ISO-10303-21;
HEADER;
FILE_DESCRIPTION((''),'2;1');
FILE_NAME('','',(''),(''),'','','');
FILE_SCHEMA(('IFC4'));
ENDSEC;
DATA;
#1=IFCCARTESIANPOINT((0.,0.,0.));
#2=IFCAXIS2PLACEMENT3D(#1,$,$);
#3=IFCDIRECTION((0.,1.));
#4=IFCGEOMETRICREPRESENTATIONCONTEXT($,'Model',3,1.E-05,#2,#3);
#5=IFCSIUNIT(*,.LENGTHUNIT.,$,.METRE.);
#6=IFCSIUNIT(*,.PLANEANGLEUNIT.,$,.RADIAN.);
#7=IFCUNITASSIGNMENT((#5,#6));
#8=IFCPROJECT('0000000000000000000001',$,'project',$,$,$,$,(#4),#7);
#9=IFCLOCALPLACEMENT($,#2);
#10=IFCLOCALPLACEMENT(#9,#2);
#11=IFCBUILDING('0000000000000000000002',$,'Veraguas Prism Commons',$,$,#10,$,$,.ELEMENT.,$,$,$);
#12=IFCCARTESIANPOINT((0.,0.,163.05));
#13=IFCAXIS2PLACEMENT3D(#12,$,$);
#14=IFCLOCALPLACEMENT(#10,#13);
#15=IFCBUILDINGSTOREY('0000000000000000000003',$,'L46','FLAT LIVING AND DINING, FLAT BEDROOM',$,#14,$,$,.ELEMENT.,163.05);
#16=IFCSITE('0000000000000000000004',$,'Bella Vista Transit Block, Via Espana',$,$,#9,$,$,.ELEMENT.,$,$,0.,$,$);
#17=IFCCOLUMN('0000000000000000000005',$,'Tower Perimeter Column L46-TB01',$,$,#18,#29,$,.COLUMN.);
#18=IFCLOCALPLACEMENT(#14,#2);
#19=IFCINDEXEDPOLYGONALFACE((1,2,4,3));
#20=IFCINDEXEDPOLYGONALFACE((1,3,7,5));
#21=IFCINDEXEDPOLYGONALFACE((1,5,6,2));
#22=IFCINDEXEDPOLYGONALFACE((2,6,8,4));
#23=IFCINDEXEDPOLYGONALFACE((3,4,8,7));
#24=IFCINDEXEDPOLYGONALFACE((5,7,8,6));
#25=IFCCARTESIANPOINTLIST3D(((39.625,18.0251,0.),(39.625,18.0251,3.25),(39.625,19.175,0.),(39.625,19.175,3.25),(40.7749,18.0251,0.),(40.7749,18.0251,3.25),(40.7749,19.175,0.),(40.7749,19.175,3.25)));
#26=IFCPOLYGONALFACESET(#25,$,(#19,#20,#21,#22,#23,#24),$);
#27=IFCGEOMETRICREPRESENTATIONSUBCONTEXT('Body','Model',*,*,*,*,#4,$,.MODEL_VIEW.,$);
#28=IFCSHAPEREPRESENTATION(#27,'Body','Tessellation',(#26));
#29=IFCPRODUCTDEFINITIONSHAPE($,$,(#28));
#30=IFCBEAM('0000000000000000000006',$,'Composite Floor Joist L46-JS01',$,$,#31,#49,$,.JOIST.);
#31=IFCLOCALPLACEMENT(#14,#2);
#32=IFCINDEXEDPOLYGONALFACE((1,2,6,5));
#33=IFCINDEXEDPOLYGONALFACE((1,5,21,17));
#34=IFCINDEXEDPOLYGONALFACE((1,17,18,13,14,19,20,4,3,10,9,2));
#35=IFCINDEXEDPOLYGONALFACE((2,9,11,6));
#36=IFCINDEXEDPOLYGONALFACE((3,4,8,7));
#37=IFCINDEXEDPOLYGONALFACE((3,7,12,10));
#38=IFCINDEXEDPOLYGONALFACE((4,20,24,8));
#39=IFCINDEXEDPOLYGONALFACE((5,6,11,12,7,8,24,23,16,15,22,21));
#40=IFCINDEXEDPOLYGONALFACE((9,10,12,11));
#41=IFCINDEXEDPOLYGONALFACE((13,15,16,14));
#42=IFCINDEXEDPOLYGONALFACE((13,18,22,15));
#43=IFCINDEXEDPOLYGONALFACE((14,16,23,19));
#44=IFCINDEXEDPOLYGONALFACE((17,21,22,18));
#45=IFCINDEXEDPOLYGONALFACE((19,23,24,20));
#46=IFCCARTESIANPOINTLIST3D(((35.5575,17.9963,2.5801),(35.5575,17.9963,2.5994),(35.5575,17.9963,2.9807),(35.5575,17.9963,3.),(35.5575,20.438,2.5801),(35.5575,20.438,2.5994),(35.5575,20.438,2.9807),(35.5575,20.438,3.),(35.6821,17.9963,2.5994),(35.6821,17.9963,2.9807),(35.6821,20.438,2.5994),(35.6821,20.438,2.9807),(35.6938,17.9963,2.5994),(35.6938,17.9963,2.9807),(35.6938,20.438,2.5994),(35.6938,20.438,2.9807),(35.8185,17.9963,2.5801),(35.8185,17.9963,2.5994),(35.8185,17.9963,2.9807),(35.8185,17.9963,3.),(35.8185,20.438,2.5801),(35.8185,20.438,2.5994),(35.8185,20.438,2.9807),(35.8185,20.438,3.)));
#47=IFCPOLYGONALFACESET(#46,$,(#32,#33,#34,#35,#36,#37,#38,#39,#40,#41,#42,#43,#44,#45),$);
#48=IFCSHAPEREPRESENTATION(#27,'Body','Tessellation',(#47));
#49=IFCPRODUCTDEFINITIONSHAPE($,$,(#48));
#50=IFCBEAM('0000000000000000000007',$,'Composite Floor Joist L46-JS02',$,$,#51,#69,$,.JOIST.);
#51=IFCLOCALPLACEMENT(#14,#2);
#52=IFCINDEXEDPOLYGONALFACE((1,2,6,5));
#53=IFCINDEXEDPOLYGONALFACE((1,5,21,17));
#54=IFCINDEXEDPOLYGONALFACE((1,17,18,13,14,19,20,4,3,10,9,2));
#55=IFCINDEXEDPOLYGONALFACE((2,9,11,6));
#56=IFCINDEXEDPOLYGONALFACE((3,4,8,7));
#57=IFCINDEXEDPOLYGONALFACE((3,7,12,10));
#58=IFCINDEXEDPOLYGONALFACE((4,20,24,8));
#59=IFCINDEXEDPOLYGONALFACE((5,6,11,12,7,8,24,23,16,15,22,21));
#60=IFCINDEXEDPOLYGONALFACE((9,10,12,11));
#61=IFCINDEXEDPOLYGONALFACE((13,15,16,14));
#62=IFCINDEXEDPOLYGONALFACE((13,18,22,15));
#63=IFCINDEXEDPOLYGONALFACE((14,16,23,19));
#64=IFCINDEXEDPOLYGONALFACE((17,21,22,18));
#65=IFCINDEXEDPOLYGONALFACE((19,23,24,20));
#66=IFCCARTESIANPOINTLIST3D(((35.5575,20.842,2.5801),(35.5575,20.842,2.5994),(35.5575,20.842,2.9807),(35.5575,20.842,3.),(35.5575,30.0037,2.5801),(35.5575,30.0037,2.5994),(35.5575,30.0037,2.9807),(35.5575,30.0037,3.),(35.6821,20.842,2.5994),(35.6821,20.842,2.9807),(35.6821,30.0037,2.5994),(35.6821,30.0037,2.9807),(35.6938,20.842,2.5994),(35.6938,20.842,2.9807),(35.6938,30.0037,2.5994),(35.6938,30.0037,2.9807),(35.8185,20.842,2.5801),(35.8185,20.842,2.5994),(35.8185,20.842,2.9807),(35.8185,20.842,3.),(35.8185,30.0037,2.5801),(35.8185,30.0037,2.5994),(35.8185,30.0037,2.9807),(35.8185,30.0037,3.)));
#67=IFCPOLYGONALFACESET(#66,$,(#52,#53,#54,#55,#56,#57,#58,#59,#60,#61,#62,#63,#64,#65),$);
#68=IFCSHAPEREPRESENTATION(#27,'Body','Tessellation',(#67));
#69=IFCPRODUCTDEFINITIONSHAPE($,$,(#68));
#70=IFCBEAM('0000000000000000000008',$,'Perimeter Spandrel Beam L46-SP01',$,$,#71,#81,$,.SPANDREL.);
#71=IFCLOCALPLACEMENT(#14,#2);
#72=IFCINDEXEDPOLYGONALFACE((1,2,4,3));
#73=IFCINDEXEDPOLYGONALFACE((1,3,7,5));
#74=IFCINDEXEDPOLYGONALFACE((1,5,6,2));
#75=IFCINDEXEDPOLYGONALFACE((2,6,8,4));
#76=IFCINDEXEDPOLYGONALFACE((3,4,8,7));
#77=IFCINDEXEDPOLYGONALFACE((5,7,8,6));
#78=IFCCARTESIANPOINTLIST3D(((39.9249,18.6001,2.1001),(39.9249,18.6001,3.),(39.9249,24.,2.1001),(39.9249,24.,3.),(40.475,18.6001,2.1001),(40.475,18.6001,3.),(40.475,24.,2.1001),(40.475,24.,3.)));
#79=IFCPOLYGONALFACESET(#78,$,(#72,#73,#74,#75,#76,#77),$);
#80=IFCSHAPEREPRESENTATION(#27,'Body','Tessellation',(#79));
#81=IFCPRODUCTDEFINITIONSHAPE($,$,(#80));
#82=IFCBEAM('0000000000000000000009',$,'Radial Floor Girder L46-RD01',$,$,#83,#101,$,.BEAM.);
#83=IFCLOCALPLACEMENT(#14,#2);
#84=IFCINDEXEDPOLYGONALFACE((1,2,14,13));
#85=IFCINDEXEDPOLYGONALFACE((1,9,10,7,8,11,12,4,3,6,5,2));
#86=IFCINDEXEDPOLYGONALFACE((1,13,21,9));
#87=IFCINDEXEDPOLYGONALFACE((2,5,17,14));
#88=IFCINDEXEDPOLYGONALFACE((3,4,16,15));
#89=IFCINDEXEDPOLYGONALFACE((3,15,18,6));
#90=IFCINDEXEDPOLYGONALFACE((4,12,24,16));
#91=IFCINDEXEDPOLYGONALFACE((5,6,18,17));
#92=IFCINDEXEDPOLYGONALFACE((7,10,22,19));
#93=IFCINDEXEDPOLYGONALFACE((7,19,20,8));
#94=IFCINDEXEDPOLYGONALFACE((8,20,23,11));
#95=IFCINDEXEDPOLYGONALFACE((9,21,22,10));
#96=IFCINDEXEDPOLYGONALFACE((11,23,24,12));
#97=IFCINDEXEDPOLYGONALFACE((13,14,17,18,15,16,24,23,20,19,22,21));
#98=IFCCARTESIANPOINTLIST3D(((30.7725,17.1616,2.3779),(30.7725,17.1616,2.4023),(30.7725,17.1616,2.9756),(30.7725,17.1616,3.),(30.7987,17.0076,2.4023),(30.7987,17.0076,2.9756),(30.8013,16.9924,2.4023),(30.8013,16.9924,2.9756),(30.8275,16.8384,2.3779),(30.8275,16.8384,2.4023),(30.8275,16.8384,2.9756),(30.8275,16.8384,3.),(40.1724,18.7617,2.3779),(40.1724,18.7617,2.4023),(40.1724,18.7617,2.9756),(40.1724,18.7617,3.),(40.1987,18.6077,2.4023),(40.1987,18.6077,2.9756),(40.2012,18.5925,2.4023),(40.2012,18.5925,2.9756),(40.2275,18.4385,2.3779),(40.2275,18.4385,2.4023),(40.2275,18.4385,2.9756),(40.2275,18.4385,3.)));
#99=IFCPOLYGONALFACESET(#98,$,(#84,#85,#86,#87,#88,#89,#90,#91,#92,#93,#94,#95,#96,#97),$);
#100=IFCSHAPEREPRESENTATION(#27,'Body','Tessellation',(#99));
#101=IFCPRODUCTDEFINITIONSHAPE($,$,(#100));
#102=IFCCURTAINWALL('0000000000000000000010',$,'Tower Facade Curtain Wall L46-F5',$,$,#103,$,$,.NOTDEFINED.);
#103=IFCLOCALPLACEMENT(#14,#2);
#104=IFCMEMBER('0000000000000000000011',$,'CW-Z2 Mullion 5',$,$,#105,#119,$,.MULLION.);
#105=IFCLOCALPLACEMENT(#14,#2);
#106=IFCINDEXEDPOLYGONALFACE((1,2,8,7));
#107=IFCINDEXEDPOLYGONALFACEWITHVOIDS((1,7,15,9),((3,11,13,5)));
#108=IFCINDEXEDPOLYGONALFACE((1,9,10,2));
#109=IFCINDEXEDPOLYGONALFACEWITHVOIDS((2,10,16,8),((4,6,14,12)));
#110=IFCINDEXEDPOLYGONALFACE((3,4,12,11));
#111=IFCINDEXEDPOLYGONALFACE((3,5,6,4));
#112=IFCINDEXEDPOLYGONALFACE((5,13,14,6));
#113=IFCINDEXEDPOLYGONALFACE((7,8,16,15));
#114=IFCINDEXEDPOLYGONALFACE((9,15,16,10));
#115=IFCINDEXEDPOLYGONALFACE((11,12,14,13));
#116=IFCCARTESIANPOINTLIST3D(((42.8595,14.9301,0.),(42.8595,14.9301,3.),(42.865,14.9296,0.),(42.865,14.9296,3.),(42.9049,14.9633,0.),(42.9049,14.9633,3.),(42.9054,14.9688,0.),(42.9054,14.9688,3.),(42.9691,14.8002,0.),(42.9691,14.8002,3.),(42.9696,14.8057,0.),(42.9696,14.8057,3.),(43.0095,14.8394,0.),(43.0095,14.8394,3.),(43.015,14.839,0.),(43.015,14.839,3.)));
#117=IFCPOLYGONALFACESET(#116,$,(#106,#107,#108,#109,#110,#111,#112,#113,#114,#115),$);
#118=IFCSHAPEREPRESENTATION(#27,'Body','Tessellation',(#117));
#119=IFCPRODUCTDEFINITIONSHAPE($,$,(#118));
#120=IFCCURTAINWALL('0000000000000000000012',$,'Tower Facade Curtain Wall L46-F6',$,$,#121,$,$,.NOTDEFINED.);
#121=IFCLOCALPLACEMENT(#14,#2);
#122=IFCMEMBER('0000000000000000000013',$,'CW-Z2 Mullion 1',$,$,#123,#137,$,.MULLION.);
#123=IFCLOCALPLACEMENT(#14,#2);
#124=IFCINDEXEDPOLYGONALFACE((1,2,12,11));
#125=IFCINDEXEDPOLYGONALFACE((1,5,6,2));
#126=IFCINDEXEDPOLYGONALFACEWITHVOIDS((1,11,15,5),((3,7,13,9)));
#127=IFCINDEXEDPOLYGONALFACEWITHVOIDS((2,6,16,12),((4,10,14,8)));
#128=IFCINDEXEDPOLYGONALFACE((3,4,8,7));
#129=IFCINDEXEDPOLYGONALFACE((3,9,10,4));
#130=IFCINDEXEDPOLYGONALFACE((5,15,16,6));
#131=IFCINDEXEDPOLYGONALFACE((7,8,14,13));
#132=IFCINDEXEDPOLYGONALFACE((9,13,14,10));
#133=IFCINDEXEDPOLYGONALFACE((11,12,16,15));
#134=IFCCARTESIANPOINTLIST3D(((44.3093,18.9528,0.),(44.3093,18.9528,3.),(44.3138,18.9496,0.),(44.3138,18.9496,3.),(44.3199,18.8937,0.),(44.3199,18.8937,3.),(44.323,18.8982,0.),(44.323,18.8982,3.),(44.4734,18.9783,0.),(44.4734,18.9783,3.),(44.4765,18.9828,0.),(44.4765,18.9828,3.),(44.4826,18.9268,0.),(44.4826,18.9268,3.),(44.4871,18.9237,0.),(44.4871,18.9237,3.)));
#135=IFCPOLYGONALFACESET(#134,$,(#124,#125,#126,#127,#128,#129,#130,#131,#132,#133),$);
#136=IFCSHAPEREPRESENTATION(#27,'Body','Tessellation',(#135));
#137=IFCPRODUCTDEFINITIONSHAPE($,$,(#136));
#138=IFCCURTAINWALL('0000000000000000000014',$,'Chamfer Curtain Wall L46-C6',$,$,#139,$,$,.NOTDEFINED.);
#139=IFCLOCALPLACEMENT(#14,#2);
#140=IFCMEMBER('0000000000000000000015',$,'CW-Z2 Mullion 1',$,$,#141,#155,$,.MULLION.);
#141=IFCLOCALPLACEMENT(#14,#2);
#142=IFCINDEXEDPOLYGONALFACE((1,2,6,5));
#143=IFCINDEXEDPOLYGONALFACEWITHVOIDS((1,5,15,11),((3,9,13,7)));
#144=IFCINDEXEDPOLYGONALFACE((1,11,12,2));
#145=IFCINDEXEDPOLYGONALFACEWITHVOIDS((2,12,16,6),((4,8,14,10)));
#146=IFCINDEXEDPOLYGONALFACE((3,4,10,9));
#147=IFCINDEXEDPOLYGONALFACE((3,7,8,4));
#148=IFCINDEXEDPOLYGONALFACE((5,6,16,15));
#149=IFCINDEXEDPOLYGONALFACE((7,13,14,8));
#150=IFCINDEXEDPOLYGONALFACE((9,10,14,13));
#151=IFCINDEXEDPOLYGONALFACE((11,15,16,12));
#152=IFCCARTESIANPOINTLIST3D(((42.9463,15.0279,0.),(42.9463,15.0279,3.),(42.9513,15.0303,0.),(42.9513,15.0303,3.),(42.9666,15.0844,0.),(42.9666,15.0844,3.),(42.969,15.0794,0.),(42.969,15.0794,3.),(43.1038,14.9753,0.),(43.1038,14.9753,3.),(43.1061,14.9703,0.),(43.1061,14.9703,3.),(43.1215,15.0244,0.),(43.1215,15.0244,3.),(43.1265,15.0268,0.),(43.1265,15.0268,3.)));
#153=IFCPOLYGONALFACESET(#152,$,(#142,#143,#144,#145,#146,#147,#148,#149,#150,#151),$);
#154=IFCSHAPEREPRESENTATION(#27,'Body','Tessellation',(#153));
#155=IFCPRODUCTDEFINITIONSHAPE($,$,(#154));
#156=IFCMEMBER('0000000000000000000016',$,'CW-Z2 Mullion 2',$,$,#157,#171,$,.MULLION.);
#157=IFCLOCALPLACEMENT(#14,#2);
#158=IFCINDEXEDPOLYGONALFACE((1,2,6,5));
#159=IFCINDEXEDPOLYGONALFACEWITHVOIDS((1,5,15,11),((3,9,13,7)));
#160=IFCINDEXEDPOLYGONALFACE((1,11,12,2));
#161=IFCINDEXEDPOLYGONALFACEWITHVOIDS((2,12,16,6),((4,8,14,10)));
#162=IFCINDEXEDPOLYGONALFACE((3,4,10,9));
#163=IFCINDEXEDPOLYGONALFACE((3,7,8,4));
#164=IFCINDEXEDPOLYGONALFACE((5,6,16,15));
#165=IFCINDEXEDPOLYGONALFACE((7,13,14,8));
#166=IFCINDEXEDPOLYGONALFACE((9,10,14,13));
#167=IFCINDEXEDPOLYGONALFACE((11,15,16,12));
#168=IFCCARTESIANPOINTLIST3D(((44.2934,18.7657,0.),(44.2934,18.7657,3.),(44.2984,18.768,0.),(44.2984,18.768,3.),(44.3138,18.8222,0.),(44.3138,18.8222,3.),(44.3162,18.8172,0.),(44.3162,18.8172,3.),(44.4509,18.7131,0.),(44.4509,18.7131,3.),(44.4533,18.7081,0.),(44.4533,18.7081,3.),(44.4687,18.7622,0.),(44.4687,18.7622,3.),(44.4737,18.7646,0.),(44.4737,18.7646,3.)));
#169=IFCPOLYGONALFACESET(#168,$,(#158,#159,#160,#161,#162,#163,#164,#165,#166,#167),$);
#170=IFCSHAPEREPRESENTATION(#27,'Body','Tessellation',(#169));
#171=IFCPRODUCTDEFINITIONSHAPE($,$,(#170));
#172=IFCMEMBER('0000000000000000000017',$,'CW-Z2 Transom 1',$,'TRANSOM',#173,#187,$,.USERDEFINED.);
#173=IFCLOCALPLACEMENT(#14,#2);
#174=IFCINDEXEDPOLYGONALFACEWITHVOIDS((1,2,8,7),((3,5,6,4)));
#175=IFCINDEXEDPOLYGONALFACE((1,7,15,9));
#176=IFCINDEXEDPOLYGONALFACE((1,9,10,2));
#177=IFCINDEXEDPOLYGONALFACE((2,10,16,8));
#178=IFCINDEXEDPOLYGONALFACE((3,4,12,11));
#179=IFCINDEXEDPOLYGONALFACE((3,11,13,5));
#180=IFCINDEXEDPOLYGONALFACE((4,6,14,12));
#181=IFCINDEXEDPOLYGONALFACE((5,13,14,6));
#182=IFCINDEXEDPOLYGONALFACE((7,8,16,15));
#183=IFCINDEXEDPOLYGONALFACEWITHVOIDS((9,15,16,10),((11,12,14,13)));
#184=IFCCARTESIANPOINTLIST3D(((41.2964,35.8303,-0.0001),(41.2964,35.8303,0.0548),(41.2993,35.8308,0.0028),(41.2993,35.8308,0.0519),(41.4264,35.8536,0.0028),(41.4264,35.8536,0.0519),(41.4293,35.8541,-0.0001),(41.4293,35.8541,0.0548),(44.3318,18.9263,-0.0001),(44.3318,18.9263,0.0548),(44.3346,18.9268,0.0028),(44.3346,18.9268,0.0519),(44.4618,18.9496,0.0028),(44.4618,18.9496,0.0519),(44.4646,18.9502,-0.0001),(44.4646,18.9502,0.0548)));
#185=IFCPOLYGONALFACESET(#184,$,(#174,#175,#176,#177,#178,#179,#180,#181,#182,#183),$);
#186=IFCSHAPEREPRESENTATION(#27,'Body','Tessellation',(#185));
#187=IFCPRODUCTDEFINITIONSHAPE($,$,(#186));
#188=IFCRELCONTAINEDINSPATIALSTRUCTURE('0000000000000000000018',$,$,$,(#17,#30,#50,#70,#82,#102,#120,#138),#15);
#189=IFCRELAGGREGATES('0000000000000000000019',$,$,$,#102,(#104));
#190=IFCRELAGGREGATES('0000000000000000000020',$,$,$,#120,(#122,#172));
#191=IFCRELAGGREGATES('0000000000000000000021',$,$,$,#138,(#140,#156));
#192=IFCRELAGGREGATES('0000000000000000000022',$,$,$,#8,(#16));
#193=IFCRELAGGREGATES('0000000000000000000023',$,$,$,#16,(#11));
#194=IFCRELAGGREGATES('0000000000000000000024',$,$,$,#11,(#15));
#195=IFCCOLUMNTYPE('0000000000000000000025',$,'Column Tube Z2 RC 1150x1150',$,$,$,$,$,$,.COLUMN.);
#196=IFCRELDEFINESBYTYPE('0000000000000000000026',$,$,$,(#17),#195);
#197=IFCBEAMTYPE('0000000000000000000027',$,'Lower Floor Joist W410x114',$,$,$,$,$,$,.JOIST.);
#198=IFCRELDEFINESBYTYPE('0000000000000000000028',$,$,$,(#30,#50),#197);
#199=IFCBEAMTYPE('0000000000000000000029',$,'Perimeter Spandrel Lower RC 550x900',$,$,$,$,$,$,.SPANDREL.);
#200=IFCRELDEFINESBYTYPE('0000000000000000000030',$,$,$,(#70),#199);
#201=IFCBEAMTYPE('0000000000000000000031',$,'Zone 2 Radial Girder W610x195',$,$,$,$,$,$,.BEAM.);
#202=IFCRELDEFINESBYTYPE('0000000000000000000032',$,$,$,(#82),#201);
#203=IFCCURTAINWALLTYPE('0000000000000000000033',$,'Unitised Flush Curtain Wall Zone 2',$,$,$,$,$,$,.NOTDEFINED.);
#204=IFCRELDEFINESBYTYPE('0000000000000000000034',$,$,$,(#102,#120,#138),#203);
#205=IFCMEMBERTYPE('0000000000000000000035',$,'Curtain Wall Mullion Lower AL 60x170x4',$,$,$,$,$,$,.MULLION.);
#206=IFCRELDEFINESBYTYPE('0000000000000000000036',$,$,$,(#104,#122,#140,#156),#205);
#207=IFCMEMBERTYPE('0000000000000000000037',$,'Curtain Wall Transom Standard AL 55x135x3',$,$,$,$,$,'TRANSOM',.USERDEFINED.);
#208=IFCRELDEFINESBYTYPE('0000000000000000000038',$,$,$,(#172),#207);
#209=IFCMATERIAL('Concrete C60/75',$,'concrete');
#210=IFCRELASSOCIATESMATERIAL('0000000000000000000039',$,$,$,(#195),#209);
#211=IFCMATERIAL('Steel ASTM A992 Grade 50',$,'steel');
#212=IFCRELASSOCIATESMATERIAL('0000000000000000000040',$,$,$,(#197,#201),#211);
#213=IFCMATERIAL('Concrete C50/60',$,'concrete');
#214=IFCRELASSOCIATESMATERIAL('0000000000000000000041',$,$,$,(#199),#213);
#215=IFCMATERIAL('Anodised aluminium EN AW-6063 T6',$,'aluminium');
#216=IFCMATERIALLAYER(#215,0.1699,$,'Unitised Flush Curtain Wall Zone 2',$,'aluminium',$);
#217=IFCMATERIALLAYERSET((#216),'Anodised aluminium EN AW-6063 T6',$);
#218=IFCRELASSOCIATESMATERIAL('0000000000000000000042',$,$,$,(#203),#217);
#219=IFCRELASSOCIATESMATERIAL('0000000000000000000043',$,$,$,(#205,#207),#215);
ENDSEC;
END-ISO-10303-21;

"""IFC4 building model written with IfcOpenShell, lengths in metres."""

from ifc_helpers import new_model, si_unit, direction, frame, origin, origin_2d, place, context, subcontext, project, spatial, rectangle, hollow_rectangle, i_section, extrude, source, transform, mapped, material, layer, layer_set, material_profile, profile_set, type_object, element, aggregate, save


model = new_model("IFC4")

# Units and contexts
model_context = context("Model", 3, precision=1e-05, world=origin(), true_north=direction((0.0, 1.0)))
body_context = subcontext(model_context, "Body", "Model", "MODEL_VIEW")
ifc_project = project(units=[si_unit("LENGTHUNIT", "METRE"), si_unit("PLANEANGLEUNIT", "RADIAN")], contexts=[model_context])

# Site, building, storey
site_placement = place(None, origin())
site = spatial("IfcSite", under=ifc_project, at=site_placement, Name="Bella Vista Transit Block, Via Espana", CompositionType="ELEMENT", RefElevation=0.0)
building_placement = place(site_placement, origin())
building = spatial("IfcBuilding", under=site, at=building_placement, Name="Veraguas Prism Commons", CompositionType="ELEMENT")
storey_placement = place(building_placement, frame((0.0, 0.0, 163.05)))
storey = spatial("IfcBuildingStorey", under=building, at=storey_placement, Name="L46", Description="FLAT LIVING AND DINING, FLAT BEDROOM", CompositionType="ELEMENT", Elevation=163.05)

# Column
ifc_material_1 = material(Name="Concrete C60/75", Category="concrete")
ifc_material_profile_1 = material_profile(ifc_material_1, rectangle(XDim=1.1499, YDim=1.1499, at=origin_2d()), Name="RC1150X1150")
ifc_profile_set_1 = profile_set([ifc_material_profile_1], Name="Concrete C60/75")
column_type = type_object("IfcColumnType", Name="Column Tube Z2 RC 1150x1150", PredefinedType="COLUMN", material=ifc_profile_set_1)
column_placement = place(storey_placement, frame((40.2, 18.6001, 0.0), z_axis=(0.0, 0.0, 1.0), x_axis=(1.0, 0.0, 0.0)))
element("IfcColumn", 1, at=column_placement, inside=storey, type_object=column_type, Name="Tower Perimeter Column L46-TB01", PredefinedType="COLUMN", context=body_context, shape_type="SweptSolid", body=[
    extrude(rectangle(XDim=1.1499, YDim=1.1499, at=origin_2d()), origin(), (0.0, 0.0, 1.0), 3.25),
])

# Beams
ifc_material_2 = material(Name="Steel ASTM A992 Grade 50", Category="steel")
ifc_material_profile_2 = material_profile(ifc_material_2, i_section(OverallWidth=0.261, OverallDepth=0.4199, WebThickness=0.0117, FlangeThickness=0.0193, at=origin_2d()), Name="W410X114")
ifc_profile_set_2 = profile_set([ifc_material_profile_2], Name="Steel ASTM A992 Grade 50")
beam_type_1 = type_object("IfcBeamType", Name="Lower Floor Joist W410x114", PredefinedType="JOIST", material=ifc_profile_set_2)
beam_1_placement = place(storey_placement, frame((35.688, 17.9963, 2.79), z_axis=(0.0, 1.0, 0.0), x_axis=(-1.0, 0.0, 0.0)))
element("IfcBeam", 2, at=beam_1_placement, inside=storey, type_object=beam_type_1, Name="Composite Floor Joist L46-JS01", PredefinedType="JOIST", context=body_context, shape_type="SweptSolid", body=[
    extrude(i_section(OverallWidth=0.261, OverallDepth=0.4199, WebThickness=0.0117, FlangeThickness=0.0193, at=origin_2d()), origin(), (0.0, 0.0, 1.0), 2.4417),
])
beam_2_placement = place(storey_placement, frame((35.688, 20.842, 2.79), z_axis=(0.0, 1.0, 0.0), x_axis=(-1.0, 0.0, 0.0)))
element("IfcBeam", 3, at=beam_2_placement, inside=storey, type_object=beam_type_1, Name="Composite Floor Joist L46-JS02", PredefinedType="JOIST", context=body_context, shape_type="SweptSolid", body=[
    extrude(i_section(OverallWidth=0.261, OverallDepth=0.4199, WebThickness=0.0117, FlangeThickness=0.0193, at=origin_2d()), origin(), (0.0, 0.0, 1.0), 9.1616),
])
ifc_material_3 = material(Name="Concrete C50/60", Category="concrete")
ifc_material_profile_3 = material_profile(ifc_material_3, rectangle(XDim=0.55, YDim=0.8999, at=origin_2d()), Name="RC550X900")
ifc_profile_set_3 = profile_set([ifc_material_profile_3], Name="Concrete C50/60")
beam_type_2 = type_object("IfcBeamType", Name="Perimeter Spandrel Lower RC 550x900", PredefinedType="SPANDREL", material=ifc_profile_set_3)
beam_3_placement = place(storey_placement, frame((40.2, 18.6001, 2.55), z_axis=(0.0, 1.0, 0.0), x_axis=(-1.0, 0.0, 0.0)))
element("IfcBeam", 4, at=beam_3_placement, inside=storey, type_object=beam_type_2, Name="Perimeter Spandrel Beam L46-SP01", PredefinedType="SPANDREL", context=body_context, shape_type="SweptSolid", body=[
    extrude(rectangle(XDim=0.55, YDim=0.8999, at=origin_2d()), origin(), (0.0, 0.0, 1.0), 5.3999),
])
ifc_material_profile_4 = material_profile(ifc_material_2, i_section(OverallWidth=0.3279, OverallDepth=0.6221, WebThickness=0.0154, FlangeThickness=0.0244, at=origin_2d()), Name="W610X195")
ifc_profile_set_4 = profile_set([ifc_material_profile_4], Name="Steel ASTM A992 Grade 50")
beam_type_3 = type_object("IfcBeamType", Name="Zone 2 Radial Girder W610x195", PredefinedType="BEAM", material=ifc_profile_set_4)
beam_4_placement = place(storey_placement, frame((40.2, 18.6001, 2.689), z_axis=(-0.985819, -0.167811, 0.0), x_axis=(0.167811, -0.985819, 0.0)))
element("IfcBeam", 5, at=beam_4_placement, inside=storey, type_object=beam_type_3, Name="Radial Floor Girder L46-RD01", PredefinedType="BEAM", context=body_context, shape_type="SweptSolid", body=[
    extrude(i_section(OverallWidth=0.3279, OverallDepth=0.6221, WebThickness=0.0154, FlangeThickness=0.0244, at=origin_2d()), origin(), (0.0, 0.0, 1.0), 9.5352),
])

# Curtain walls, members
ifc_material_4 = material(Name="Anodised aluminium EN AW-6063 T6", Category="aluminium")
ifc_layer_1 = layer(ifc_material_4, 0.1699, Name="Unitised Flush Curtain Wall Zone 2", Category="aluminium")
ifc_layer_set_1 = layer_set([ifc_layer_1], Name="Anodised aluminium EN AW-6063 T6")
curtain_wall_type = type_object("IfcCurtainWallType", Name="Unitised Flush Curtain Wall Zone 2", PredefinedType="NOTDEFINED", material=ifc_layer_set_1)
curtain_wall_1_placement = place(storey_placement, origin())
curtain_wall_1 = element("IfcCurtainWall", 6, at=curtain_wall_1_placement, inside=storey, type_object=curtain_wall_type, Name="Tower Facade Curtain Wall L46-F5", PredefinedType="NOTDEFINED")
ifc_material_profile_5 = material_profile(ifc_material_4, hollow_rectangle(XDim=0.0601, YDim=0.1699, WallThickness=0.0039, at=origin_2d()), Name="AL60X170X4")
ifc_profile_set_5 = profile_set([ifc_material_profile_5], Name="Anodised aluminium EN AW-6063 T6")
member_type_1 = type_object("IfcMemberType", Name="Curtain Wall Mullion Lower AL 60x170x4", PredefinedType="MULLION", material=ifc_profile_set_5)
shared_shape_1 = source(origin(), body_context, "Body", "SweptSolid", [
    extrude(hollow_rectangle(XDim=0.0601, YDim=0.1699, WallThickness=0.0039, at=origin_2d()), origin(), (0.0, 0.0, 1.0), 3.0),
])
member_1_placement = place(storey_placement, frame((42.9373, 14.8845, 0.0), z_axis=(0.0, 0.0, 1.0), x_axis=(0.764022, 0.64519, 0.0)))
member_1 = element("IfcMember", 7, at=member_1_placement, type_object=member_type_1, Name="CW-Z2 Mullion 5", PredefinedType="MULLION", context=body_context, shape_type="MappedRepresentation", body=[
    mapped(shared_shape_1, transform((0.0, 0.0, 0.0), scale=1.0)),
])
aggregate(curtain_wall_1, [member_1])
curtain_wall_2_placement = place(storey_placement, origin())
curtain_wall_2 = element("IfcCurtainWall", 8, at=curtain_wall_2_placement, inside=storey, type_object=curtain_wall_type, Name="Tower Facade Curtain Wall L46-F6", PredefinedType="NOTDEFINED")
member_2_placement = place(storey_placement, frame((44.3982, 18.9382, 0.0), z_axis=(0.0, 0.0, 1.0), x_axis=(-0.176741, 0.984257, 0.0)))
member_2 = element("IfcMember", 9, at=member_2_placement, type_object=member_type_1, Name="CW-Z2 Mullion 1", PredefinedType="MULLION", context=body_context, shape_type="MappedRepresentation", body=[
    mapped(shared_shape_1, transform((0.0, 0.0, 0.0), scale=1.0)),
])

# Curtain wall, members
curtain_wall_3_placement = place(storey_placement, origin())
curtain_wall_3 = element("IfcCurtainWall", 10, at=curtain_wall_3_placement, inside=storey, type_object=curtain_wall_type, Name="Chamfer Curtain Wall L46-C6", PredefinedType="NOTDEFINED")
member_3_placement = place(storey_placement, frame((43.0364, 15.0273, 0.0), z_axis=(0.0, 0.0, 1.0), x_axis=(0.339083, 0.940757, 0.0)))
member_3 = element("IfcMember", 11, at=member_3_placement, type_object=member_type_1, Name="CW-Z2 Mullion 1", PredefinedType="MULLION", context=body_context, shape_type="MappedRepresentation", body=[
    mapped(shared_shape_1, transform((0.0, 0.0, 0.0), scale=1.0)),
])
member_4_placement = place(storey_placement, frame((44.3835, 18.7651, 0.0), z_axis=(0.0, 0.0, 1.0), x_axis=(0.339083, 0.940757, 0.0)))
member_4 = element("IfcMember", 12, at=member_4_placement, type_object=member_type_1, Name="CW-Z2 Mullion 2", PredefinedType="MULLION", context=body_context, shape_type="MappedRepresentation", body=[
    mapped(shared_shape_1, transform((0.0, 0.0, 0.0), scale=1.0)),
])

# Member
ifc_material_profile_6 = material_profile(ifc_material_4, hollow_rectangle(XDim=0.0549, YDim=0.135, WallThickness=0.0029, at=origin_2d()), Name="AL55X135X3")
ifc_profile_set_6 = profile_set([ifc_material_profile_6], Name="Anodised aluminium EN AW-6063 T6")
member_type_2 = type_object("IfcMemberType", Name="Curtain Wall Transom Standard AL 55x135x3", ElementType="TRANSOM", PredefinedType="USERDEFINED", material=ifc_profile_set_6)
shared_shape_2 = source(origin(), body_context, "Body", "SweptSolid", [
    extrude(hollow_rectangle(XDim=0.0549, YDim=0.135, WallThickness=0.0029, at=origin_2d()), origin(), (0.0, 0.0, 1.0), 17.1743),
])
member_5_placement = place(storey_placement, frame((44.3982, 18.9382, 0.0273), z_axis=(-0.17674, 0.984258, 0.0), x_axis=(0.0, 0.0, 1.0)))
member_5 = element("IfcMember", 13, at=member_5_placement, type_object=member_type_2, Name="CW-Z2 Transom 1", ObjectType="TRANSOM", PredefinedType="USERDEFINED", context=body_context, shape_type="MappedRepresentation", body=[
    mapped(shared_shape_2, transform((0.0, 0.0, 0.0), scale=1.0)),
])

aggregate(curtain_wall_2, [member_2, member_5])
aggregate(curtain_wall_3, [member_3, member_4])

save(model, "model.ifc")
